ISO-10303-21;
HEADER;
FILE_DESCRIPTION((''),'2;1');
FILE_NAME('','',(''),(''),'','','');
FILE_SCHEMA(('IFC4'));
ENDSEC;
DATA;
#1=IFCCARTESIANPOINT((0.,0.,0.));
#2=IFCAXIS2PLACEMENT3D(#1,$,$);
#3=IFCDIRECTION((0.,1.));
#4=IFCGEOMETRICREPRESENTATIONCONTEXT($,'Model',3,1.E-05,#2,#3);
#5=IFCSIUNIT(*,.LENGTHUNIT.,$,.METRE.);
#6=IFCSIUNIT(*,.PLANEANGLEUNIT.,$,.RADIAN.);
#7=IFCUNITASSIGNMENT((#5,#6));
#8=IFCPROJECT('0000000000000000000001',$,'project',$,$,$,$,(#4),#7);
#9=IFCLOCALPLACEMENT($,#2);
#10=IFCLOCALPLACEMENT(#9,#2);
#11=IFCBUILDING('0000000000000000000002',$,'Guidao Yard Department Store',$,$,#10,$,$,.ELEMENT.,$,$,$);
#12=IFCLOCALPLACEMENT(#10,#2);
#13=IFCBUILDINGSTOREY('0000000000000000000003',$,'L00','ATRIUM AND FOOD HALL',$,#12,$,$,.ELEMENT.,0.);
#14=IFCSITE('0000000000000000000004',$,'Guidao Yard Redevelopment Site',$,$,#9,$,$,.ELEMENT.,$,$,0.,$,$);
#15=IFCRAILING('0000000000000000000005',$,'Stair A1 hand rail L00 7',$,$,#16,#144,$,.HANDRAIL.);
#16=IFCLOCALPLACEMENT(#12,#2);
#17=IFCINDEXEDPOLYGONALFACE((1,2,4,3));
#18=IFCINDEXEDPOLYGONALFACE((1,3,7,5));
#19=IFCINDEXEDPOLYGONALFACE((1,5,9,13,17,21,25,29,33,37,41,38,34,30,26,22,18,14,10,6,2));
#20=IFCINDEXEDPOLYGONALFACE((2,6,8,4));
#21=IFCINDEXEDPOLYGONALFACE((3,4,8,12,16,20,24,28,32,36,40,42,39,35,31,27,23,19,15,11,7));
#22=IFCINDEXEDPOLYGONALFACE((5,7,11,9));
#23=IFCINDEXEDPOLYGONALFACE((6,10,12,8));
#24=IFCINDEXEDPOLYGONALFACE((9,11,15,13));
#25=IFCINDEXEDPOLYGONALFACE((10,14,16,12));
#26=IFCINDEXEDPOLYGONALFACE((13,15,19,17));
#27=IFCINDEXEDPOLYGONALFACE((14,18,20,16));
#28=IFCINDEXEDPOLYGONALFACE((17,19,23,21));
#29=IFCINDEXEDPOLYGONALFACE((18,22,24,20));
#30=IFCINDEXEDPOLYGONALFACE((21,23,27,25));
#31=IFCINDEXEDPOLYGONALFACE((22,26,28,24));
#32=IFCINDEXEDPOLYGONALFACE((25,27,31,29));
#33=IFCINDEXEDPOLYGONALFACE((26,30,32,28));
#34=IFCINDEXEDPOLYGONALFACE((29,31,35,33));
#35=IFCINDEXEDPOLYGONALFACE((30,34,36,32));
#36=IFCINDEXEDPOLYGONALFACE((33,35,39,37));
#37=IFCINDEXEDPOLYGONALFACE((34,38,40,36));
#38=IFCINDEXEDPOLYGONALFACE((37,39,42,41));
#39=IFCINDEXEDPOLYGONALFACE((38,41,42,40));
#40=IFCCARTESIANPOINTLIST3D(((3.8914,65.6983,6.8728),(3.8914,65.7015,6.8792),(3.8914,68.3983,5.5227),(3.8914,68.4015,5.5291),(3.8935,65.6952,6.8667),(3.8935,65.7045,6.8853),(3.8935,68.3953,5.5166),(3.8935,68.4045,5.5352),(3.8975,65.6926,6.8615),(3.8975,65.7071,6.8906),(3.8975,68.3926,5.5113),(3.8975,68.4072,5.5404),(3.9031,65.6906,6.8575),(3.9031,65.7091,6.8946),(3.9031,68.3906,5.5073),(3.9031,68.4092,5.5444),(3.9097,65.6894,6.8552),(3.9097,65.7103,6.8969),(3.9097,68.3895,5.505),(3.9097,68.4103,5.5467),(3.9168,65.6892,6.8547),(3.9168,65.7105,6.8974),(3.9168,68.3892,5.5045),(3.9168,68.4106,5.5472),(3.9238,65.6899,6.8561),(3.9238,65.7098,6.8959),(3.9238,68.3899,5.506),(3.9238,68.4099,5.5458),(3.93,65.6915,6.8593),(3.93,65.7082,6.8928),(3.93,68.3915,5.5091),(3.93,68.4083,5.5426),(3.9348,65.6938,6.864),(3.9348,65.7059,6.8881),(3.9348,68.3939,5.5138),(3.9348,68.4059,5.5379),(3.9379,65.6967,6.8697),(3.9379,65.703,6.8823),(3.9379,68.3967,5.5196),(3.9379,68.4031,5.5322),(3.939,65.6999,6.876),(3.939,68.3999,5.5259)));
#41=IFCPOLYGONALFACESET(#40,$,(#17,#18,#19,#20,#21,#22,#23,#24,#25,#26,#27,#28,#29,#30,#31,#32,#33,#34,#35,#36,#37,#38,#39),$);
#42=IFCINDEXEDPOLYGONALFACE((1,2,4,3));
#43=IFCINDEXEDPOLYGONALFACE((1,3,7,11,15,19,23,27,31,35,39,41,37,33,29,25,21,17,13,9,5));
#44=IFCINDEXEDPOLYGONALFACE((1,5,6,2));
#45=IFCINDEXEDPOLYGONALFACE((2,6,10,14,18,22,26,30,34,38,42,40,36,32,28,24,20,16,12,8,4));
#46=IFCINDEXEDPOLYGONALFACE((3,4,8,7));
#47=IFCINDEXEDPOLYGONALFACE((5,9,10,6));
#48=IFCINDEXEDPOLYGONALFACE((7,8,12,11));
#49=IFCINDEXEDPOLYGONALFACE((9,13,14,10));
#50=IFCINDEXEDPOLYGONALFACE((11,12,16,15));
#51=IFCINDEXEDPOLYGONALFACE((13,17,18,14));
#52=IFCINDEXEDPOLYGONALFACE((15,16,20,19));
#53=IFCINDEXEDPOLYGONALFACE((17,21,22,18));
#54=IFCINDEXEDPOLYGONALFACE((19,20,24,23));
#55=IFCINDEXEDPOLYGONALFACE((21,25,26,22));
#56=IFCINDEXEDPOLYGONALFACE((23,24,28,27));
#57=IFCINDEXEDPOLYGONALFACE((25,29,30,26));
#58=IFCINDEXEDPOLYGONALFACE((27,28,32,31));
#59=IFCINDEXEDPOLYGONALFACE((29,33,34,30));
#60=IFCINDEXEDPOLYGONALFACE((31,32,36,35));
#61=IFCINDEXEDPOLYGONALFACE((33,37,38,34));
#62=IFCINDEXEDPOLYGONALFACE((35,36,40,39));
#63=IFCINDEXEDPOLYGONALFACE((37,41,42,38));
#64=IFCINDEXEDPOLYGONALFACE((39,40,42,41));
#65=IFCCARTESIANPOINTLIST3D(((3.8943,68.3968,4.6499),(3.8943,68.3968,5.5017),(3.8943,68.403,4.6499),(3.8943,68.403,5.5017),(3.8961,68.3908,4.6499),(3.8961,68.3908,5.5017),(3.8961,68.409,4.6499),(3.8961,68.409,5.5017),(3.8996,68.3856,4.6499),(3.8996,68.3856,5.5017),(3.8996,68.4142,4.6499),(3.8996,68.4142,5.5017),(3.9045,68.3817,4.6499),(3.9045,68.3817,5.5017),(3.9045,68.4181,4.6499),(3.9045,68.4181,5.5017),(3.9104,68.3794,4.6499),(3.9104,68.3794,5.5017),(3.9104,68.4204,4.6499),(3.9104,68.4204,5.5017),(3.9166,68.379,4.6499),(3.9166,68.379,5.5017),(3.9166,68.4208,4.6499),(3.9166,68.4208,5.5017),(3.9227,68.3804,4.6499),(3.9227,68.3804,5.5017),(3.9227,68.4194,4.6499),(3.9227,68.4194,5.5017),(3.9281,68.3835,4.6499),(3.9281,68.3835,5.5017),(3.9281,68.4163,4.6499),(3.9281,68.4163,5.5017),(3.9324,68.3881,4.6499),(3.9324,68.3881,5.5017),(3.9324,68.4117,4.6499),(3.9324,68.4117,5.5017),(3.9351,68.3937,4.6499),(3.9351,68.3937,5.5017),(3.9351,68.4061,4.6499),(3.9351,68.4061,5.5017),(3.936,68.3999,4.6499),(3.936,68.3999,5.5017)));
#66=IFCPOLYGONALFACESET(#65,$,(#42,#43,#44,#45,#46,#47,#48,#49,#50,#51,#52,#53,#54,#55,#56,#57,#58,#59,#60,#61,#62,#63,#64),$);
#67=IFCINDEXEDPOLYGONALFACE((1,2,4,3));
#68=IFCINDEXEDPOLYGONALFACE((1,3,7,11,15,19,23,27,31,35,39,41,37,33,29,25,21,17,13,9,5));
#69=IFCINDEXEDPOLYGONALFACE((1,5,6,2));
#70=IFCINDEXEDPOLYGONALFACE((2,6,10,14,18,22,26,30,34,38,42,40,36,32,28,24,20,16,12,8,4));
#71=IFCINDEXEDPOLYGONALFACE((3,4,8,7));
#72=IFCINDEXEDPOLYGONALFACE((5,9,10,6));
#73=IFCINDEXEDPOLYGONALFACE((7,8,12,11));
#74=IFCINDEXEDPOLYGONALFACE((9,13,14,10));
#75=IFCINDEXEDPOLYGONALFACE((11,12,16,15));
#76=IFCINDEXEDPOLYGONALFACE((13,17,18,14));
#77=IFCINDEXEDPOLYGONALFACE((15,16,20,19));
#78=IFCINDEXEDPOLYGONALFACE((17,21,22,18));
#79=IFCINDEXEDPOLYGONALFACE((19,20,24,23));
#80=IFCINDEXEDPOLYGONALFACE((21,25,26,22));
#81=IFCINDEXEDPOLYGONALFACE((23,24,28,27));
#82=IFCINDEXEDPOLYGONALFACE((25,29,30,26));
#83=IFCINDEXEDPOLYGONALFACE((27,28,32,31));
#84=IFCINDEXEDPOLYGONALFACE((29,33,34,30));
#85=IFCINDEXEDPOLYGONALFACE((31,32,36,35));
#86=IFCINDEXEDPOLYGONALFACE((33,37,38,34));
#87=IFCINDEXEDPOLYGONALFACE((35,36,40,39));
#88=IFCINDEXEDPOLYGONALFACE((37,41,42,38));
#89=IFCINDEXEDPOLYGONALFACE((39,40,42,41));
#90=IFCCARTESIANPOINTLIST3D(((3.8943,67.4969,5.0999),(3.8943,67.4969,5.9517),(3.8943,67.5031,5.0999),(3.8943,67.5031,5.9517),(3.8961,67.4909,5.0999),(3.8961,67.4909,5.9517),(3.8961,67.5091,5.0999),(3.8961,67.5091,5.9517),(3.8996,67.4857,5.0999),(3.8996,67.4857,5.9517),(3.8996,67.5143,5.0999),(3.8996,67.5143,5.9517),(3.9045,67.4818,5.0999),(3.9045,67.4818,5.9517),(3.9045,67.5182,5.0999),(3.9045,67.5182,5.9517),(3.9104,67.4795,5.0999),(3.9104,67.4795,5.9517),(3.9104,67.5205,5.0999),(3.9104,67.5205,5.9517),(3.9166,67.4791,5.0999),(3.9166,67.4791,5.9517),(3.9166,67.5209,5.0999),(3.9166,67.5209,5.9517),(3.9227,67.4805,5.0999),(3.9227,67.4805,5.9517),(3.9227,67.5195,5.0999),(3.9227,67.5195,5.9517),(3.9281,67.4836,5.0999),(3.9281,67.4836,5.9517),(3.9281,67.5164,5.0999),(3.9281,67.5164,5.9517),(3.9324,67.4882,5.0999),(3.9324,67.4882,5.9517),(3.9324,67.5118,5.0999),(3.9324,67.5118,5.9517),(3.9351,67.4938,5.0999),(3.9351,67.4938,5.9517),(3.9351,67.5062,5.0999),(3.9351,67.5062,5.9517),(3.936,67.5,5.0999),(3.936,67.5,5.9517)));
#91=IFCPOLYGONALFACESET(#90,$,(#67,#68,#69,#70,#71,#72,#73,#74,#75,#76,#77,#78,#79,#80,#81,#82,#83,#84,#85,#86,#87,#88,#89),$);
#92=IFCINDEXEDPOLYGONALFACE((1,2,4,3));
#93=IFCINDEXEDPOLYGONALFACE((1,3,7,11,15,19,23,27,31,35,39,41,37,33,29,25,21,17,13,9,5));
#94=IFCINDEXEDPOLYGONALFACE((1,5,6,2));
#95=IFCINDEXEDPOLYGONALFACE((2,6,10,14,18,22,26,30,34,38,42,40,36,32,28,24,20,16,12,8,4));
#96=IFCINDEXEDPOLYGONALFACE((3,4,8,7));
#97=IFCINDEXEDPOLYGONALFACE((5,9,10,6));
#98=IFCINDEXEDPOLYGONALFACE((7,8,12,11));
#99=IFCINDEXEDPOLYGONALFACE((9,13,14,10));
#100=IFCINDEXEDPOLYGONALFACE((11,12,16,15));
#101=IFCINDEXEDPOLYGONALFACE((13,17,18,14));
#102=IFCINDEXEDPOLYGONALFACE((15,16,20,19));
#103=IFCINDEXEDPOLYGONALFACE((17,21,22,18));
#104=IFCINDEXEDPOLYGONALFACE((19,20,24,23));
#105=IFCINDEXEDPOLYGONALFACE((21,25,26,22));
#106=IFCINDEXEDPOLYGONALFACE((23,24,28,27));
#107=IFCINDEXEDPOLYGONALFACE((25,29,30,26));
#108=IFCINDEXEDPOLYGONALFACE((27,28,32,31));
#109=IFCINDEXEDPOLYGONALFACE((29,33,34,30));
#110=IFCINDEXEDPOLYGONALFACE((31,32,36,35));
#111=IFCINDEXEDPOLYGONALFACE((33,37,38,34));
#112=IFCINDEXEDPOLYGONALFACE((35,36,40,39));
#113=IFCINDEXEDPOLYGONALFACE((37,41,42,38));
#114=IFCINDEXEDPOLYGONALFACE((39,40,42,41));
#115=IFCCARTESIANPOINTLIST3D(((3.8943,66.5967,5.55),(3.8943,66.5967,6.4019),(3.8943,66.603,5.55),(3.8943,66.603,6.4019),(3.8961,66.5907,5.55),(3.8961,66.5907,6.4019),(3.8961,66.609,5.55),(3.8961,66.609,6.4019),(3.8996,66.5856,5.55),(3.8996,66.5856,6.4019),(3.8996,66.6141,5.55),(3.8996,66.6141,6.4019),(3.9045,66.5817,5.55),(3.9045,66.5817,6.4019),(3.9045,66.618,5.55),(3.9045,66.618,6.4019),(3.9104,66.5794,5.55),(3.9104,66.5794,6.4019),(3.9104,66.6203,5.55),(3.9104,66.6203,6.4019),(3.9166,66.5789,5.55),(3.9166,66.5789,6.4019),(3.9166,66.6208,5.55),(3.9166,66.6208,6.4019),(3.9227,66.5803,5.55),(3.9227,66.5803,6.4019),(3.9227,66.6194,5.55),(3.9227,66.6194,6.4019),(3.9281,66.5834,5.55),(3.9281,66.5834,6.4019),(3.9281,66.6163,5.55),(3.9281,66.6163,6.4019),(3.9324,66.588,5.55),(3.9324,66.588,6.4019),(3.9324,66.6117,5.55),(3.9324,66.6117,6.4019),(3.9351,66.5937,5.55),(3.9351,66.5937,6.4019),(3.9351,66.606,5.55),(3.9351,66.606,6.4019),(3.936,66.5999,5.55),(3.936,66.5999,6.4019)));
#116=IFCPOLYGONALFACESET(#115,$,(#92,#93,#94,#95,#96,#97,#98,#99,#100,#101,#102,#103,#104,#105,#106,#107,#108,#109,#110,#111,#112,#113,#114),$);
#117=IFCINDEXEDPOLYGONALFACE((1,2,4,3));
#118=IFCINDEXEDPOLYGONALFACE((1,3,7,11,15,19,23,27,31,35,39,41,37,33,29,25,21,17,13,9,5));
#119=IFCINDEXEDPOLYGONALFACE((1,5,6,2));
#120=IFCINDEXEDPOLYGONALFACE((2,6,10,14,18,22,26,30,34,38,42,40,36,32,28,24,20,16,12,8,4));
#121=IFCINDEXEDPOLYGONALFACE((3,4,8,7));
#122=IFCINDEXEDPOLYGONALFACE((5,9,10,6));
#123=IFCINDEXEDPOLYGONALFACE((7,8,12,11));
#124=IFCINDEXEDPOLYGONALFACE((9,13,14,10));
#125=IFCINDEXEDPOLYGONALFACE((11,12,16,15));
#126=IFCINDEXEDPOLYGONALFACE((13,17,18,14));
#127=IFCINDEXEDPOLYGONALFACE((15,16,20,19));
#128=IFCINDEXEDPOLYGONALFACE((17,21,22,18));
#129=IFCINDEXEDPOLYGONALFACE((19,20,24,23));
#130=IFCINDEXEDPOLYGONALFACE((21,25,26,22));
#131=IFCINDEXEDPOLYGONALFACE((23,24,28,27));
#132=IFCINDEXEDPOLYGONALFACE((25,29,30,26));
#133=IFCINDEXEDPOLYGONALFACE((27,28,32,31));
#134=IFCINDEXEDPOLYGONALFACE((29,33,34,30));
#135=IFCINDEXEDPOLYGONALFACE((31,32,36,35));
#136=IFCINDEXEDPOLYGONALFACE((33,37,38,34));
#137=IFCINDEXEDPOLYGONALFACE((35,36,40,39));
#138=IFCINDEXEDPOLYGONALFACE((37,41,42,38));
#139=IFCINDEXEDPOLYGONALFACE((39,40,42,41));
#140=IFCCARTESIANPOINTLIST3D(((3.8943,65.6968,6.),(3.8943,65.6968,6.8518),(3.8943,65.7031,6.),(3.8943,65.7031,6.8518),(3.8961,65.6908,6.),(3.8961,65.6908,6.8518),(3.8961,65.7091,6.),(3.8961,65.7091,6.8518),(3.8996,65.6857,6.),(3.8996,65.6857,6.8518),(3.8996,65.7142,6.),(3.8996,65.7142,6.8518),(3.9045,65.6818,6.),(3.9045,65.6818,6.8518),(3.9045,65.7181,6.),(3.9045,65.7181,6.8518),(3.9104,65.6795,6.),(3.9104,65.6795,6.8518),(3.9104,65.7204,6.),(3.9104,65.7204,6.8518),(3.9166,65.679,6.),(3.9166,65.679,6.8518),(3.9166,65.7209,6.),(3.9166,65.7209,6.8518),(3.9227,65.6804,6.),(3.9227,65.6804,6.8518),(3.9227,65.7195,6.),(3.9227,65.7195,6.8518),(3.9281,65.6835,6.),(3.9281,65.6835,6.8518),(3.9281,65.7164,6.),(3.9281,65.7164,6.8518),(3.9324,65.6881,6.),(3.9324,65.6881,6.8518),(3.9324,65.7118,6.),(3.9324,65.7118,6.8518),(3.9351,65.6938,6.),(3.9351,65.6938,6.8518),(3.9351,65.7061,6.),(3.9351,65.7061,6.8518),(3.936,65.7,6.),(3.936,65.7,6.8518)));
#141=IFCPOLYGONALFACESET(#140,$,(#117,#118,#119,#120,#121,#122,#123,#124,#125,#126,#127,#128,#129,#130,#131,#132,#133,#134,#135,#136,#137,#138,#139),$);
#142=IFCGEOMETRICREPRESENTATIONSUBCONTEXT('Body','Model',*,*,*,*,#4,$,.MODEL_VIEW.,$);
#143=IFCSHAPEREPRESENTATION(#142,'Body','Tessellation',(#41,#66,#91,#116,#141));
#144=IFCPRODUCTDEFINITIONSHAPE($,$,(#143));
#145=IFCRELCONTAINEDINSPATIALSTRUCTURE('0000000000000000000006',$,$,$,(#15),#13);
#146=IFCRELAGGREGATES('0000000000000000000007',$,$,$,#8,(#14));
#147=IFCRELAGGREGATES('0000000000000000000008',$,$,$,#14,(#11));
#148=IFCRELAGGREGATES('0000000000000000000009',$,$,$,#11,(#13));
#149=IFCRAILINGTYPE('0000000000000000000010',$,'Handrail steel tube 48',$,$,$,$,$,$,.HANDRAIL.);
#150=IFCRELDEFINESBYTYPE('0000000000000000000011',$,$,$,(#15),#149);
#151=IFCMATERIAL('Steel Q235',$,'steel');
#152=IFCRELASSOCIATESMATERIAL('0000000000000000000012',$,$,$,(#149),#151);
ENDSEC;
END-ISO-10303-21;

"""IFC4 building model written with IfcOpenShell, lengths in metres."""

from ifc_helpers import new_model, si_unit, direction, frame, origin, origin_2d, place, context, subcontext, project, spatial, circle, extrude, material, type_object, element, save


model = new_model("IFC4")

# Units and contexts
model_context = context("Model", 3, precision=1e-05, world=origin(), true_north=direction((0.0, 1.0)))
body_context = subcontext(model_context, "Body", "Model", "MODEL_VIEW")
ifc_project = project(units=[si_unit("LENGTHUNIT", "METRE"), si_unit("PLANEANGLEUNIT", "RADIAN")], contexts=[model_context])

# Site, building, storey
site_placement = place(None, origin())
site = spatial("IfcSite", under=ifc_project, at=site_placement, Name="Guidao Yard Redevelopment Site", CompositionType="ELEMENT", RefElevation=0.0)
building_placement = place(site_placement, origin())
building = spatial("IfcBuilding", under=site, at=building_placement, Name="Guidao Yard Department Store", CompositionType="ELEMENT")
storey_placement = place(building_placement, origin())
storey = spatial("IfcBuildingStorey", under=building, at=storey_placement, Name="L00", Description="ATRIUM AND FOOD HALL", CompositionType="ELEMENT", Elevation=0.0)

# Railing
ifc_material_1 = material(Name="Steel Q235", Category="steel")
railing_type = type_object("IfcRailingType", Name="Handrail steel tube 48", PredefinedType="HANDRAIL", material=ifc_material_1)
for number, where, name in (
    (1, (3.915, 68.3999, 4.6499), "Stair A1 hand rail L00 7"),
):
    element("IfcRailing", number, at=place(storey_placement, frame(where)), inside=storey, type_object=railing_type, Name=name, PredefinedType="HANDRAIL", context=body_context, shape_type="SweptSolid", body=[
        extrude(circle(Radius=0.0239, at=origin_2d()), frame((0.0, 0.0, 0.876), z_axis=(0.0, -0.894411, 0.447246), x_axis=(1.0, 0.0, 0.0)), (0.0, 0.0, 1.0), 3.0188),
        extrude(circle(Radius=0.021, at=origin_2d()), origin(), (0.0, 0.0, 1.0), 0.8518),
        extrude(circle(Radius=0.021, at=origin_2d()), frame((0.0, -0.8999, 0.45)), (0.0, 0.0, 1.0), 0.8518),
        extrude(circle(Radius=0.021, at=origin_2d()), frame((0.0, -1.8, 0.9001)), (0.0, 0.0, 1.0), 0.8518),
        extrude(circle(Radius=0.021, at=origin_2d()), frame((0.0, -2.7, 1.3501)), (0.0, 0.0, 1.0), 0.8518),
    ])

save(model, "model.ifc")
